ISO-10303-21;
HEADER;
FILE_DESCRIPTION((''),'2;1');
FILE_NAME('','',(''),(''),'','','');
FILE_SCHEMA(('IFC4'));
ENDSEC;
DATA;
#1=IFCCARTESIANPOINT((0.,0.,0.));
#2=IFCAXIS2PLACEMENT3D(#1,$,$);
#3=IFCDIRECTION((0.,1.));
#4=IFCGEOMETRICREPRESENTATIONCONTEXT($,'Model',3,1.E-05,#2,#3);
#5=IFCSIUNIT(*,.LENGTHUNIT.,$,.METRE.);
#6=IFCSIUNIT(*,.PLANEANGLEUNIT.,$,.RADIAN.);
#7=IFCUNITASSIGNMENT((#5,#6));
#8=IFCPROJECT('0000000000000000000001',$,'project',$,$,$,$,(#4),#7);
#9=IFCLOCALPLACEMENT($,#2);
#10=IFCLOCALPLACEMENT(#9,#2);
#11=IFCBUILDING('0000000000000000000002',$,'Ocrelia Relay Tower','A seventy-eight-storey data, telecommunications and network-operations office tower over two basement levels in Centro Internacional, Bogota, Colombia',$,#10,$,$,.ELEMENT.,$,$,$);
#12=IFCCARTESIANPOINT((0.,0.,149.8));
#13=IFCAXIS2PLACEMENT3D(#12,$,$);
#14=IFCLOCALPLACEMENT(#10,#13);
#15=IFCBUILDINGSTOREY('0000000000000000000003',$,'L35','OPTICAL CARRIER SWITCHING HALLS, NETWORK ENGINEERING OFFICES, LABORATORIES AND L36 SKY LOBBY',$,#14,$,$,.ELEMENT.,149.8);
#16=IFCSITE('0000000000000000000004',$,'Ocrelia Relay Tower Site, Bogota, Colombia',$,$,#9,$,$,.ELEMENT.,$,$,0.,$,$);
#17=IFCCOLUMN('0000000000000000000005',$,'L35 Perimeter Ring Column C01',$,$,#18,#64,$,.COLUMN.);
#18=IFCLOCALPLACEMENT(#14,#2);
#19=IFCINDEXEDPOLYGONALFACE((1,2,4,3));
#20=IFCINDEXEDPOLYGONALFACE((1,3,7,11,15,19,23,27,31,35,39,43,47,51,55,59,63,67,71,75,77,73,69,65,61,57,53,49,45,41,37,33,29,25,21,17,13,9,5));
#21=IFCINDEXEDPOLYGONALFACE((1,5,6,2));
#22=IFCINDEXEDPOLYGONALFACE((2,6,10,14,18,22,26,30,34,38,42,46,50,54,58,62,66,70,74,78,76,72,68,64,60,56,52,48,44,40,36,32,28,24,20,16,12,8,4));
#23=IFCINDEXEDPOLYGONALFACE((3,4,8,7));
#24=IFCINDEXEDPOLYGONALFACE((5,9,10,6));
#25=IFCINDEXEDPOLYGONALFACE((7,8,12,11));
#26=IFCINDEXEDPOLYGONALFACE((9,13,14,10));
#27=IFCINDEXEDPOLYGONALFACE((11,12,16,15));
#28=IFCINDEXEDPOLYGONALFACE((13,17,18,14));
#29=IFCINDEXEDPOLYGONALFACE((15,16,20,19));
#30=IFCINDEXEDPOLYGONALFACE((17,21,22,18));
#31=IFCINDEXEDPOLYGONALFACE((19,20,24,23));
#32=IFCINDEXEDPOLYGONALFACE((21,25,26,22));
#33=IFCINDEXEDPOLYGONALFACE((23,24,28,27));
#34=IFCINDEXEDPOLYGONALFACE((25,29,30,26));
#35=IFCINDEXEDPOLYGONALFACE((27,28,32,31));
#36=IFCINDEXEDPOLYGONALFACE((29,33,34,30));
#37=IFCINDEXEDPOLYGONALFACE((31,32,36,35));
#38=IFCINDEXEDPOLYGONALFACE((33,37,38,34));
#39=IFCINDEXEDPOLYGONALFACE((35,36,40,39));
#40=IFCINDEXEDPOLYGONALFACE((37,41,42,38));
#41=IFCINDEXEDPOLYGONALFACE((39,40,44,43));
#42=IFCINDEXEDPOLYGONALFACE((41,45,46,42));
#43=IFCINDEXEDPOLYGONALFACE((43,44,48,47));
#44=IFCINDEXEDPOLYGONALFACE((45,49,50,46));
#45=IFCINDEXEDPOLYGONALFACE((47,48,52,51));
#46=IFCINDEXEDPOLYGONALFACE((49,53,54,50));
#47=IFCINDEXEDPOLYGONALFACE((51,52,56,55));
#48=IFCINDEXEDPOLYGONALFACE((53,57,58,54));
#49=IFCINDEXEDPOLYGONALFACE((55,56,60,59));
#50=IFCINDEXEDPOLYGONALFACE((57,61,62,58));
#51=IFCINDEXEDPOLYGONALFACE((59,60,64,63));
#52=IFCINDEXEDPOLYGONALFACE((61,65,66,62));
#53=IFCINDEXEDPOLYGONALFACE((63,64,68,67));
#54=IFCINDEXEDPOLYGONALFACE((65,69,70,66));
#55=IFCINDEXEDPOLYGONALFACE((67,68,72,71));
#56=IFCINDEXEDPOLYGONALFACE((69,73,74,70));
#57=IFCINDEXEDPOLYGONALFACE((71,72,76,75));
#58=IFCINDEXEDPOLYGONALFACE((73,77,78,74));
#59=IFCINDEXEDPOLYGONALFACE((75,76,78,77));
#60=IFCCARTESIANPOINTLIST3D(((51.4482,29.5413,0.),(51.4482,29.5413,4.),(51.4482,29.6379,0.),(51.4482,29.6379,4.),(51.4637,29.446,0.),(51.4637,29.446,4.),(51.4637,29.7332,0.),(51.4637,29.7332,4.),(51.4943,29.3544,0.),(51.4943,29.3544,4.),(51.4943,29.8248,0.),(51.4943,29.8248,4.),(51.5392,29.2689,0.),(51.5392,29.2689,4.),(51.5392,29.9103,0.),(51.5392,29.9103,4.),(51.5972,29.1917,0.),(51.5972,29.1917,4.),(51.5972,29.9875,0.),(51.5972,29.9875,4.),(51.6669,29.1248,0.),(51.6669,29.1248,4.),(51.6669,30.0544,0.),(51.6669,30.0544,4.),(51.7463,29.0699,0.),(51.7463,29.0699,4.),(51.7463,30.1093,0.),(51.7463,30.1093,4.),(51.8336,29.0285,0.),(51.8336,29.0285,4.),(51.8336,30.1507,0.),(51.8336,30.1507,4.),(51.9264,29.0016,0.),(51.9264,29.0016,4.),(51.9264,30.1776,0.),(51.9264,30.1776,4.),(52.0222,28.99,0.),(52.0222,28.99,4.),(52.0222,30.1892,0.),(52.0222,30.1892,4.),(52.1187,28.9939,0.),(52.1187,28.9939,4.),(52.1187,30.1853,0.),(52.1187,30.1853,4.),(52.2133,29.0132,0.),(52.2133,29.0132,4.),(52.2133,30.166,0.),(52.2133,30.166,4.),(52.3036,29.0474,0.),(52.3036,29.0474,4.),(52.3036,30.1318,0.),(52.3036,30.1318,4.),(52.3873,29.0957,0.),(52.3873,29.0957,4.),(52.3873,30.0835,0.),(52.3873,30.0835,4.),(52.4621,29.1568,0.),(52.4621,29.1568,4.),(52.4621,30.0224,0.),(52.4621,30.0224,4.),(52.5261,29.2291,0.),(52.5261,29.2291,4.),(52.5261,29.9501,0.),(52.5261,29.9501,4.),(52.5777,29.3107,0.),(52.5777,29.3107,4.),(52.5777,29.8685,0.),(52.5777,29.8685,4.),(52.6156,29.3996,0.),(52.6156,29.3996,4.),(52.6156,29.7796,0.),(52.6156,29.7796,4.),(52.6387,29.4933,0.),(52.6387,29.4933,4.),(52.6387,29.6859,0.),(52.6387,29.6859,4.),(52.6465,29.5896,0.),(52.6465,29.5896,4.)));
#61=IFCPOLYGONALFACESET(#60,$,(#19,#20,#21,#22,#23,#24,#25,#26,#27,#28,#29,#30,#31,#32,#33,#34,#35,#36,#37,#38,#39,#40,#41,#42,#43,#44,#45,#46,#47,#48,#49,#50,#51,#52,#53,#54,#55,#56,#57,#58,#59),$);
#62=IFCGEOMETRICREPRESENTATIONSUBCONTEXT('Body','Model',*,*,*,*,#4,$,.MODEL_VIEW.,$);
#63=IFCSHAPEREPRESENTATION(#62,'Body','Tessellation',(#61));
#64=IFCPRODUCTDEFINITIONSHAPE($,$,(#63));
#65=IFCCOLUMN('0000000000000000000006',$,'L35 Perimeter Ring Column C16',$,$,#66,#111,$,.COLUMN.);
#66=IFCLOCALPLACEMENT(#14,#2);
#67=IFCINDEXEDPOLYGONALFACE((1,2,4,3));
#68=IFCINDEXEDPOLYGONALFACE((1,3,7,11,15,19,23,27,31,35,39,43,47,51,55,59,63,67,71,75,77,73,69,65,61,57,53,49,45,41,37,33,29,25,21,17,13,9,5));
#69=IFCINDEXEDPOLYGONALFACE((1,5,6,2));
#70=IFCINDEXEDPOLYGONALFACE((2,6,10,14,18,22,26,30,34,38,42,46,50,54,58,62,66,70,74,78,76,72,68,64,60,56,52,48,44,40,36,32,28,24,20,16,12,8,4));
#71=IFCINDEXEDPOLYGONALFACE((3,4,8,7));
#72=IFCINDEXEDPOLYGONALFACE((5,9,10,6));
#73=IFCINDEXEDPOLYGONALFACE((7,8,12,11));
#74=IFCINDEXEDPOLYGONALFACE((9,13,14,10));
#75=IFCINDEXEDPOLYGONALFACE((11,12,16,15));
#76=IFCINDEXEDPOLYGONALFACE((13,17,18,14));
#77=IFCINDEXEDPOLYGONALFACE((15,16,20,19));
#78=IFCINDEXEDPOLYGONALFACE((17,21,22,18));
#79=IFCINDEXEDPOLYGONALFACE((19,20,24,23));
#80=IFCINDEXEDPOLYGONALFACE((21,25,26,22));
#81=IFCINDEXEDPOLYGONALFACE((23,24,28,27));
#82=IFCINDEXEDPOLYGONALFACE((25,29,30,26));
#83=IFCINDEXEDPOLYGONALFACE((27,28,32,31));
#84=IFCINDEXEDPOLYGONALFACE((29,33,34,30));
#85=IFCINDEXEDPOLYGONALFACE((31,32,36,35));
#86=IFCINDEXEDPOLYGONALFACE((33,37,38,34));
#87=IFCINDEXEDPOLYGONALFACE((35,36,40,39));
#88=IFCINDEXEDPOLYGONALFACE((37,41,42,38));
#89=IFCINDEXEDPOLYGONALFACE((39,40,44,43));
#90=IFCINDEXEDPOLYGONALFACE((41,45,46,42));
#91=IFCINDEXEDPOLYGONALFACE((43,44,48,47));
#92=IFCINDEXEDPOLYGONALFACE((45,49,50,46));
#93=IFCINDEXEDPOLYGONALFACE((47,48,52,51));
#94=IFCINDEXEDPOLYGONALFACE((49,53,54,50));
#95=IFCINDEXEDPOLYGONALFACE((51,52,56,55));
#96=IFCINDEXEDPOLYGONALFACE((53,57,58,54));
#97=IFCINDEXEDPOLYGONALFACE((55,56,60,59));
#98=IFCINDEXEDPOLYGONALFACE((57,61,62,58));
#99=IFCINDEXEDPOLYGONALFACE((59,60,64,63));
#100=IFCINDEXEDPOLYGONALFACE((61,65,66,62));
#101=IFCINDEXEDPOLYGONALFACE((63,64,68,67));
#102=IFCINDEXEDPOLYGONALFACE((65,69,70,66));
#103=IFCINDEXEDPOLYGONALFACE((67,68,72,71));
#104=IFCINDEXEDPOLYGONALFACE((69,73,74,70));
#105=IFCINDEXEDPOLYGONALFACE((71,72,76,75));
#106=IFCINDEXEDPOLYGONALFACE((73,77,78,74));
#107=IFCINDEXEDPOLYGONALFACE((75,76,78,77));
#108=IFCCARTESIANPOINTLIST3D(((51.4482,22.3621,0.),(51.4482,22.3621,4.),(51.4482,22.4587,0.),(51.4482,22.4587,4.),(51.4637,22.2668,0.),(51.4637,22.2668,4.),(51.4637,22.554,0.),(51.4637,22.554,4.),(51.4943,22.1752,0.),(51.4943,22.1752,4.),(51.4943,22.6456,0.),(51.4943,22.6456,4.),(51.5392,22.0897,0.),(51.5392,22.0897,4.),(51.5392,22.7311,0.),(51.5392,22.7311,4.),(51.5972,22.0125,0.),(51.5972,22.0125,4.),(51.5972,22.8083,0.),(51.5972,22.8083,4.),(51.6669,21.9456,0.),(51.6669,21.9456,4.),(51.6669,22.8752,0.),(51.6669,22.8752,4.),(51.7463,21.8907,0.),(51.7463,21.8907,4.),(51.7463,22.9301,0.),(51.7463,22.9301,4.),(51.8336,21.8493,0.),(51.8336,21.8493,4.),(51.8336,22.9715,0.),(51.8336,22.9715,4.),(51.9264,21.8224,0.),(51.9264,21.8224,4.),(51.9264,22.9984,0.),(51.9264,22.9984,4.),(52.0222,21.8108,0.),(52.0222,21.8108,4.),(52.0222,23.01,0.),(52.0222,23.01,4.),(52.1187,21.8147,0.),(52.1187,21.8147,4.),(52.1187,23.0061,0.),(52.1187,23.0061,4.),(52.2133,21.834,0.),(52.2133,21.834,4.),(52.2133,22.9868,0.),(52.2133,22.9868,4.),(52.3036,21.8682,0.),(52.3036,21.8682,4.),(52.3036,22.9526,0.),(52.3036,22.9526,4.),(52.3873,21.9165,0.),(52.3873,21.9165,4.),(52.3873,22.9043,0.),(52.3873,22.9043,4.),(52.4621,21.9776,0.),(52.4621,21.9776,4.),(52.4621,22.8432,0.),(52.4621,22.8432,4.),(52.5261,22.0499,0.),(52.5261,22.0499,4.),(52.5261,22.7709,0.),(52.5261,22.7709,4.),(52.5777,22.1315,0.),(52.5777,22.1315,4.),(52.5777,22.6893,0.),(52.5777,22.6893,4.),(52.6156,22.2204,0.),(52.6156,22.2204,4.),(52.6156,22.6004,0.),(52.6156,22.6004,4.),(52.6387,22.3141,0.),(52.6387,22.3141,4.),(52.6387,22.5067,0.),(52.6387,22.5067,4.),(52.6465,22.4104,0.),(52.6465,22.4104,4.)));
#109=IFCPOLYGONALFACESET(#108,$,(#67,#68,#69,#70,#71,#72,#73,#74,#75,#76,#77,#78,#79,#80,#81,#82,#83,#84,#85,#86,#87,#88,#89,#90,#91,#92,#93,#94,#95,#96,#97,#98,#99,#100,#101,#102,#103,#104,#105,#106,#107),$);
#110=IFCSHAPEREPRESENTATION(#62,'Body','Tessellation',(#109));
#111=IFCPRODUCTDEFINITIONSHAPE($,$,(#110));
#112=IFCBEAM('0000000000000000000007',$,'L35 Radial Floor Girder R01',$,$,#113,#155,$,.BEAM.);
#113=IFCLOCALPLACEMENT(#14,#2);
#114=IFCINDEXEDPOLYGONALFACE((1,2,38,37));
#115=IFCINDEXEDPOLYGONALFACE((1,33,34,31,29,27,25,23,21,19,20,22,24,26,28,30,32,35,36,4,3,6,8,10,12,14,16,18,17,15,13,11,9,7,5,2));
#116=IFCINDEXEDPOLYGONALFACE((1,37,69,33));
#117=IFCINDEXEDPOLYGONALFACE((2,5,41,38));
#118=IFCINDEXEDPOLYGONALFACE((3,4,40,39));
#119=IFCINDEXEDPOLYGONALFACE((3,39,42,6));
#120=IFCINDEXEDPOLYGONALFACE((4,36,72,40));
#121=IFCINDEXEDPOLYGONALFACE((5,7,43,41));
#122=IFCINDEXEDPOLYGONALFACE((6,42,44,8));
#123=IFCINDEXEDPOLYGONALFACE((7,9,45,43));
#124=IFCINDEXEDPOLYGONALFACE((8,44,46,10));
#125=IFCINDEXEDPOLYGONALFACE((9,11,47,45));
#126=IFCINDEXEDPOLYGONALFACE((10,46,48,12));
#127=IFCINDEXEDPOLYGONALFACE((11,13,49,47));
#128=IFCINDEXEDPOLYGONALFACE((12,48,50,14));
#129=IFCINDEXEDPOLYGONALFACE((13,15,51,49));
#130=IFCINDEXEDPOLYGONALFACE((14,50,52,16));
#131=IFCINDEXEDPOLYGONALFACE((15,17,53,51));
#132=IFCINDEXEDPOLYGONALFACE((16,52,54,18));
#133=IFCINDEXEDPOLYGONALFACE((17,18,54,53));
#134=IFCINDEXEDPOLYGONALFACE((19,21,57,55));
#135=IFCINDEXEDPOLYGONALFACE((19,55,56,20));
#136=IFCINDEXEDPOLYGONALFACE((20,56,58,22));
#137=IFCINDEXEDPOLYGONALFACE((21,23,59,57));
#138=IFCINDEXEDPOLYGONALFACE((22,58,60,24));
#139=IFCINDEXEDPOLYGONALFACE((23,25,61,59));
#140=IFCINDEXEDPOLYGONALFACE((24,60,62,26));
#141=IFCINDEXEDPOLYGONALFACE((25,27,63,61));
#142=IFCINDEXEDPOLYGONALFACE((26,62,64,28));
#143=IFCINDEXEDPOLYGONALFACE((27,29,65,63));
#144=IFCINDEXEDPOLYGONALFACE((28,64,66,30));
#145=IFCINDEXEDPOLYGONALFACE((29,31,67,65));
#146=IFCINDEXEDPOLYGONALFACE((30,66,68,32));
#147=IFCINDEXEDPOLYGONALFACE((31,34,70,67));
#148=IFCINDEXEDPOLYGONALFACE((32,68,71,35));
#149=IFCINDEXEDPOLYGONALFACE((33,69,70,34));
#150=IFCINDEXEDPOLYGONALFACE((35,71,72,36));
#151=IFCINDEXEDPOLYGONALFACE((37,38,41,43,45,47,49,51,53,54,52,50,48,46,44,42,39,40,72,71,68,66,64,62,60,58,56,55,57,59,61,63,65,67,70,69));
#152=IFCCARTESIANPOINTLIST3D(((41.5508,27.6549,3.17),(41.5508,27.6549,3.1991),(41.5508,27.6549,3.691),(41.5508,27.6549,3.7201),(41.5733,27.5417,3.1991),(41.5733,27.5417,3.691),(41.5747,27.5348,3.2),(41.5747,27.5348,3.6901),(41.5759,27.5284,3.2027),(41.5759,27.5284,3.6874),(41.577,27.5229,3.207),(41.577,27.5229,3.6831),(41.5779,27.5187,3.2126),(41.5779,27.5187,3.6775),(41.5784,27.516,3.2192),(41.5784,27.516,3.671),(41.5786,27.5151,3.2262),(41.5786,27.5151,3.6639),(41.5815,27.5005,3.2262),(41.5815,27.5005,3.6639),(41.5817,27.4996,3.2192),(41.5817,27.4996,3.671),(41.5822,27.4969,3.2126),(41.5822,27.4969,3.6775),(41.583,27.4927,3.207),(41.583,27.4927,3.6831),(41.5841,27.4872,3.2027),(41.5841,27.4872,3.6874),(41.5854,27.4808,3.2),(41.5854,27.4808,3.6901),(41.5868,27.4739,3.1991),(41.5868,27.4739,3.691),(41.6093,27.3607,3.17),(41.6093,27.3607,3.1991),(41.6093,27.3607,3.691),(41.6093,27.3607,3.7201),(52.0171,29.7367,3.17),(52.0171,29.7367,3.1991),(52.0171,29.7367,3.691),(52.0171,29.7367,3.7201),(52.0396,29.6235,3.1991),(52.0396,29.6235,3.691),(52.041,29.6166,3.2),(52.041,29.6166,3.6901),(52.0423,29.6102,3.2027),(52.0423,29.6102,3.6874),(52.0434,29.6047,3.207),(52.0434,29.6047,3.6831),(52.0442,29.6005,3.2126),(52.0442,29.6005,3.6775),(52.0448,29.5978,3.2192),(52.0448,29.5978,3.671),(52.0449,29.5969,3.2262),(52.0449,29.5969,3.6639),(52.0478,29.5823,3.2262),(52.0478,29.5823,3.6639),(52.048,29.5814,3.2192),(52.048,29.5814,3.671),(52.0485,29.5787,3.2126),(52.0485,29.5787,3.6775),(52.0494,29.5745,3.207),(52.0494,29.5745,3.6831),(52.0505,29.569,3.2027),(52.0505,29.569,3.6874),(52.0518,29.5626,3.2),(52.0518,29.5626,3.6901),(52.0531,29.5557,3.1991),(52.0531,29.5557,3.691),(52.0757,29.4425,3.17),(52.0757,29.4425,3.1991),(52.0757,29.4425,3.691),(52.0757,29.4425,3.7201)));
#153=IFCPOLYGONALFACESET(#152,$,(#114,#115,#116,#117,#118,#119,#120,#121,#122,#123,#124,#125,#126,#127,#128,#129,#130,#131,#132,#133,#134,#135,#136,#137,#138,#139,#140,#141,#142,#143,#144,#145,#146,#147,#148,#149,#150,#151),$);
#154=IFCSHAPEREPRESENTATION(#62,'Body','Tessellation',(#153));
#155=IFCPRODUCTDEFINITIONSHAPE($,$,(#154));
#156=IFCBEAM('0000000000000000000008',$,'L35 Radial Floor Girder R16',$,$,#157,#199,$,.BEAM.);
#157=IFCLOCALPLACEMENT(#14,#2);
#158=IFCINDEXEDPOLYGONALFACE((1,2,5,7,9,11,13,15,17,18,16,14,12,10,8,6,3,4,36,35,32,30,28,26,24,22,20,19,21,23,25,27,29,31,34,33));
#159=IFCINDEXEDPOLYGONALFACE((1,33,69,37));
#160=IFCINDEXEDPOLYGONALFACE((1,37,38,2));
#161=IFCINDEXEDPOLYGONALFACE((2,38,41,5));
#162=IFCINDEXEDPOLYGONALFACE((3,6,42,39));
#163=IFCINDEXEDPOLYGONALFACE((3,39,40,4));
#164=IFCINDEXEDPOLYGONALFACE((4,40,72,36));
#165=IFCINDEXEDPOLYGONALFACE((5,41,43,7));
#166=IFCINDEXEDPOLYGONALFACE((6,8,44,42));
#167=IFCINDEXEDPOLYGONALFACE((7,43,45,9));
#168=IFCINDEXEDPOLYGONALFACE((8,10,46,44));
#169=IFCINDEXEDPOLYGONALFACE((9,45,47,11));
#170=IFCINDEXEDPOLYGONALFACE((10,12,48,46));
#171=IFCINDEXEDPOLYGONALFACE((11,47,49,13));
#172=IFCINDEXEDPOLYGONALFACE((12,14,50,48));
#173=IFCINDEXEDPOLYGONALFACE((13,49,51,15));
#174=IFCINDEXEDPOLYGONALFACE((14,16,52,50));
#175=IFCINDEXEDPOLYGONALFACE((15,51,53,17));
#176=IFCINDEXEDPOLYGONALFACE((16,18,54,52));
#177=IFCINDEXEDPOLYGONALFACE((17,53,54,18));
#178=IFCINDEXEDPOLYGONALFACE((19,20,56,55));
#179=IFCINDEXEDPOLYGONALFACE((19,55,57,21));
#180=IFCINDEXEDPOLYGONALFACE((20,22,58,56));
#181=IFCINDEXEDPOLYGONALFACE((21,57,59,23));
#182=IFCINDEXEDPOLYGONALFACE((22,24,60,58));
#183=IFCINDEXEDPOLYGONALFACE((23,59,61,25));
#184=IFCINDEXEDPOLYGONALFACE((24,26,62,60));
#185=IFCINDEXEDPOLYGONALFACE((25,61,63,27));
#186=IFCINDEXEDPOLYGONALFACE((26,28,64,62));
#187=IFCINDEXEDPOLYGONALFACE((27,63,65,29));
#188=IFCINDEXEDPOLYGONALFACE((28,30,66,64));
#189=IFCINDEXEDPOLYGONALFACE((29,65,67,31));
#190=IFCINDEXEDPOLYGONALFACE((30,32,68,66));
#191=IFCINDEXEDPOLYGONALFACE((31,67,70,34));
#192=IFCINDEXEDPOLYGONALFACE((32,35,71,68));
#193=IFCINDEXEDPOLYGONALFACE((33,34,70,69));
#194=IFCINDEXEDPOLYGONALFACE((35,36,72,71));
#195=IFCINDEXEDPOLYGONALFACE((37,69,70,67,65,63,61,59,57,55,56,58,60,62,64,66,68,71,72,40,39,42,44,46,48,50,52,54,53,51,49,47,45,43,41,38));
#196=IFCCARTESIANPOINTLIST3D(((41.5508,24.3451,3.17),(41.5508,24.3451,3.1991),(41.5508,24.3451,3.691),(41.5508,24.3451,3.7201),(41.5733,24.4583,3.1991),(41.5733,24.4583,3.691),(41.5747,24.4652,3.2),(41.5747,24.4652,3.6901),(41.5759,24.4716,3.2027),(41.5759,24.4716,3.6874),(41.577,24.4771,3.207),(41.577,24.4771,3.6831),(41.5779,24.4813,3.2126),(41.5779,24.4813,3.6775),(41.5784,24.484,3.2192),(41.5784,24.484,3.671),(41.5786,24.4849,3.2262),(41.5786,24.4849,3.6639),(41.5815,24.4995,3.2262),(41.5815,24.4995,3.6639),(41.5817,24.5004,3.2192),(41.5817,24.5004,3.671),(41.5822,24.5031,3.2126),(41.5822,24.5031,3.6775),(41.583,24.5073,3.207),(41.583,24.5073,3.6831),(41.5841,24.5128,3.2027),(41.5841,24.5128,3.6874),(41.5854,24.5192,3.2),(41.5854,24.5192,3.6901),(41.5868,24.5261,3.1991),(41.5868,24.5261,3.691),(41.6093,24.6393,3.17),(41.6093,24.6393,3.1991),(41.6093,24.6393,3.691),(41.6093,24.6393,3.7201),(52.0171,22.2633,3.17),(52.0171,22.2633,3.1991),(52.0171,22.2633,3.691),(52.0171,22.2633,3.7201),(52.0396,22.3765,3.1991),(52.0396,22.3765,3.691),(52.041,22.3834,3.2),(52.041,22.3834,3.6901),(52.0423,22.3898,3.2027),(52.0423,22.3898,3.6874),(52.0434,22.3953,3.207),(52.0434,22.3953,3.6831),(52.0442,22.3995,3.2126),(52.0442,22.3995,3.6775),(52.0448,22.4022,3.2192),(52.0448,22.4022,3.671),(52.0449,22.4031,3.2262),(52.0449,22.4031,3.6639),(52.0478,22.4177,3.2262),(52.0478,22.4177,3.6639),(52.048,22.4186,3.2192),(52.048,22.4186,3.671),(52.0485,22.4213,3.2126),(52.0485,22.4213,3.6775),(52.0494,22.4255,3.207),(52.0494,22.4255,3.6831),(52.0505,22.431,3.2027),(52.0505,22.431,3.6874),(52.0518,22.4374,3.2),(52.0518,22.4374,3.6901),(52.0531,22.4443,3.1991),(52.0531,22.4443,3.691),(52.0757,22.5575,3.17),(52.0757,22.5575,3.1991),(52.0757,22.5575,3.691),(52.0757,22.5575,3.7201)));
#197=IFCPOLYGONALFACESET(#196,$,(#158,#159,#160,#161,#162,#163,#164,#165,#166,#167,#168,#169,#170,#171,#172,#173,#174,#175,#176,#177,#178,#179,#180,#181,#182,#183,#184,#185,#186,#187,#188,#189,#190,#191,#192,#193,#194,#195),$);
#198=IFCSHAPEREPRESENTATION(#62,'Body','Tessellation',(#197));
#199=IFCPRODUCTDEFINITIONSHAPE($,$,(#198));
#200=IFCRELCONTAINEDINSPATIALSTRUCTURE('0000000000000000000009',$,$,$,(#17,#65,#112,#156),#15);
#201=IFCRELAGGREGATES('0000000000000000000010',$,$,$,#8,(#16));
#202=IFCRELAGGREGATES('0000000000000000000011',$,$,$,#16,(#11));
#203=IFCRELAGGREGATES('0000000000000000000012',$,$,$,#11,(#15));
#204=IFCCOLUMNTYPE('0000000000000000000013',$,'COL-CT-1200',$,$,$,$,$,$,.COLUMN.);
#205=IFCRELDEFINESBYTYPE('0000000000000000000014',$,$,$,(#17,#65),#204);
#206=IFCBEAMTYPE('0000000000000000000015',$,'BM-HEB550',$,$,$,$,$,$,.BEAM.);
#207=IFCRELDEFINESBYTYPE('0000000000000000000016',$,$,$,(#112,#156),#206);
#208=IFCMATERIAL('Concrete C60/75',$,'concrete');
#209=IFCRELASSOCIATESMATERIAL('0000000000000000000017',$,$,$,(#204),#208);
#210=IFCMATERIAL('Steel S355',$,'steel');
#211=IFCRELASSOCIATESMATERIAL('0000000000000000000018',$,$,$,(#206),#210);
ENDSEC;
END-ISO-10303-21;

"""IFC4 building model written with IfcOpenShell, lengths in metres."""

from ifc_helpers import new_model, si_unit, direction, frame, origin, origin_2d, place, context, subcontext, project, spatial, circle, i_section, extrude, material, material_profile, profile_set, type_object, element, save


model = new_model("IFC4")

# Units and contexts
model_context = context("Model", 3, precision=1e-05, world=origin(), true_north=direction((0.0, 1.0)))
body_context = subcontext(model_context, "Body", "Model", "MODEL_VIEW")
ifc_project = project(units=[si_unit("LENGTHUNIT", "METRE"), si_unit("PLANEANGLEUNIT", "RADIAN")], contexts=[model_context])

# Site, building, storey
site_placement = place(None, origin())
site = spatial("IfcSite", under=ifc_project, at=site_placement, Name="Ocrelia Relay Tower Site, Bogota, Colombia", CompositionType="ELEMENT", RefElevation=0.0)
building_placement = place(site_placement, origin())
building = spatial("IfcBuilding", under=site, at=building_placement, Name="Ocrelia Relay Tower", Description="A seventy-eight-storey data, telecommunications and network-operations office tower over two basement levels in Centro Internacional, Bogota, Colombia", CompositionType="ELEMENT")
storey_placement = place(building_placement, frame((0.0, 0.0, 149.8)))
storey = spatial("IfcBuildingStorey", under=building, at=storey_placement, Name="L35", Description="OPTICAL CARRIER SWITCHING HALLS, NETWORK ENGINEERING OFFICES, LABORATORIES AND L36 SKY LOBBY", CompositionType="ELEMENT", Elevation=149.8)

# Columns
ifc_material_1 = material(Name="Concrete C60/75", Category="concrete")
ifc_material_profile_1 = material_profile(ifc_material_1, circle(Radius=0.6001, at=origin_2d()), Name="RC-CIR-1200")
ifc_profile_set_1 = profile_set([ifc_material_profile_1], Name="Concrete C60/75")
column_type = type_object("IfcColumnType", Name="COL-CT-1200", PredefinedType="COLUMN", material=ifc_profile_set_1)
for number, where, z_axis, x_axis, name in (
    (1, (52.0464, 29.5896, 0.0), (0.0, 0.0, 1.0), (1.0, 0.0, 0.0), "L35 Perimeter Ring Column C01"),
    (2, (52.0464, 22.4104, 0.0), (0.0, 0.0, 1.0), (1.0, 0.0, 0.0), "L35 Perimeter Ring Column C16"),
):
    element("IfcColumn", number, at=place(storey_placement, frame(where, z_axis=z_axis, x_axis=x_axis)), inside=storey, type_object=column_type, Name=name, PredefinedType="COLUMN", context=body_context, shape_type="SweptSolid", body=[
        extrude(circle(Radius=0.6001, at=origin_2d()), origin(), (0.0, 0.0, 1.0), 4.0),
    ])

# Beams
ifc_material_2 = material(Name="Steel S355", Category="steel")
ifc_material_profile_2 = material_profile(ifc_material_2, i_section(OverallWidth=0.3, OverallDepth=0.55, WebThickness=0.0149, FlangeThickness=0.0291, FilletRadius=0.0271, at=origin_2d()), Name="HEB 550")
ifc_profile_set_2 = profile_set([ifc_material_profile_2], Name="Steel S355")
beam_type_1 = type_object("IfcBeamType", Name="BM-HEB550", PredefinedType="BEAM", material=ifc_profile_set_2)
for number, where, z_axis, x_axis, name in (
    (3, (52.0464, 29.5896, 3.4451), (-0.980787, -0.195082, 0.0), (0.195082, -0.980787, 0.0), "L35 Radial Floor Girder R01"),
    (4, (52.0464, 22.4104, 3.4451), (-0.980787, 0.195082, 0.0), (-0.195082, -0.980787, 0.0), "L35 Radial Floor Girder R16"),
):
    element("IfcBeam", number, at=place(storey_placement, frame(where, z_axis=z_axis, x_axis=x_axis)), inside=storey, type_object=beam_type_1, Name=name, PredefinedType="BEAM", context=body_context, shape_type="SweptSolid", body=[
        extrude(i_section(OverallWidth=0.3, OverallDepth=0.55, WebThickness=0.0149, FlangeThickness=0.0291, FilletRadius=0.0271, at=origin_2d()), origin(), (0.0, 0.0, 1.0), 10.6714),
    ])

save(model, "model.ifc")
